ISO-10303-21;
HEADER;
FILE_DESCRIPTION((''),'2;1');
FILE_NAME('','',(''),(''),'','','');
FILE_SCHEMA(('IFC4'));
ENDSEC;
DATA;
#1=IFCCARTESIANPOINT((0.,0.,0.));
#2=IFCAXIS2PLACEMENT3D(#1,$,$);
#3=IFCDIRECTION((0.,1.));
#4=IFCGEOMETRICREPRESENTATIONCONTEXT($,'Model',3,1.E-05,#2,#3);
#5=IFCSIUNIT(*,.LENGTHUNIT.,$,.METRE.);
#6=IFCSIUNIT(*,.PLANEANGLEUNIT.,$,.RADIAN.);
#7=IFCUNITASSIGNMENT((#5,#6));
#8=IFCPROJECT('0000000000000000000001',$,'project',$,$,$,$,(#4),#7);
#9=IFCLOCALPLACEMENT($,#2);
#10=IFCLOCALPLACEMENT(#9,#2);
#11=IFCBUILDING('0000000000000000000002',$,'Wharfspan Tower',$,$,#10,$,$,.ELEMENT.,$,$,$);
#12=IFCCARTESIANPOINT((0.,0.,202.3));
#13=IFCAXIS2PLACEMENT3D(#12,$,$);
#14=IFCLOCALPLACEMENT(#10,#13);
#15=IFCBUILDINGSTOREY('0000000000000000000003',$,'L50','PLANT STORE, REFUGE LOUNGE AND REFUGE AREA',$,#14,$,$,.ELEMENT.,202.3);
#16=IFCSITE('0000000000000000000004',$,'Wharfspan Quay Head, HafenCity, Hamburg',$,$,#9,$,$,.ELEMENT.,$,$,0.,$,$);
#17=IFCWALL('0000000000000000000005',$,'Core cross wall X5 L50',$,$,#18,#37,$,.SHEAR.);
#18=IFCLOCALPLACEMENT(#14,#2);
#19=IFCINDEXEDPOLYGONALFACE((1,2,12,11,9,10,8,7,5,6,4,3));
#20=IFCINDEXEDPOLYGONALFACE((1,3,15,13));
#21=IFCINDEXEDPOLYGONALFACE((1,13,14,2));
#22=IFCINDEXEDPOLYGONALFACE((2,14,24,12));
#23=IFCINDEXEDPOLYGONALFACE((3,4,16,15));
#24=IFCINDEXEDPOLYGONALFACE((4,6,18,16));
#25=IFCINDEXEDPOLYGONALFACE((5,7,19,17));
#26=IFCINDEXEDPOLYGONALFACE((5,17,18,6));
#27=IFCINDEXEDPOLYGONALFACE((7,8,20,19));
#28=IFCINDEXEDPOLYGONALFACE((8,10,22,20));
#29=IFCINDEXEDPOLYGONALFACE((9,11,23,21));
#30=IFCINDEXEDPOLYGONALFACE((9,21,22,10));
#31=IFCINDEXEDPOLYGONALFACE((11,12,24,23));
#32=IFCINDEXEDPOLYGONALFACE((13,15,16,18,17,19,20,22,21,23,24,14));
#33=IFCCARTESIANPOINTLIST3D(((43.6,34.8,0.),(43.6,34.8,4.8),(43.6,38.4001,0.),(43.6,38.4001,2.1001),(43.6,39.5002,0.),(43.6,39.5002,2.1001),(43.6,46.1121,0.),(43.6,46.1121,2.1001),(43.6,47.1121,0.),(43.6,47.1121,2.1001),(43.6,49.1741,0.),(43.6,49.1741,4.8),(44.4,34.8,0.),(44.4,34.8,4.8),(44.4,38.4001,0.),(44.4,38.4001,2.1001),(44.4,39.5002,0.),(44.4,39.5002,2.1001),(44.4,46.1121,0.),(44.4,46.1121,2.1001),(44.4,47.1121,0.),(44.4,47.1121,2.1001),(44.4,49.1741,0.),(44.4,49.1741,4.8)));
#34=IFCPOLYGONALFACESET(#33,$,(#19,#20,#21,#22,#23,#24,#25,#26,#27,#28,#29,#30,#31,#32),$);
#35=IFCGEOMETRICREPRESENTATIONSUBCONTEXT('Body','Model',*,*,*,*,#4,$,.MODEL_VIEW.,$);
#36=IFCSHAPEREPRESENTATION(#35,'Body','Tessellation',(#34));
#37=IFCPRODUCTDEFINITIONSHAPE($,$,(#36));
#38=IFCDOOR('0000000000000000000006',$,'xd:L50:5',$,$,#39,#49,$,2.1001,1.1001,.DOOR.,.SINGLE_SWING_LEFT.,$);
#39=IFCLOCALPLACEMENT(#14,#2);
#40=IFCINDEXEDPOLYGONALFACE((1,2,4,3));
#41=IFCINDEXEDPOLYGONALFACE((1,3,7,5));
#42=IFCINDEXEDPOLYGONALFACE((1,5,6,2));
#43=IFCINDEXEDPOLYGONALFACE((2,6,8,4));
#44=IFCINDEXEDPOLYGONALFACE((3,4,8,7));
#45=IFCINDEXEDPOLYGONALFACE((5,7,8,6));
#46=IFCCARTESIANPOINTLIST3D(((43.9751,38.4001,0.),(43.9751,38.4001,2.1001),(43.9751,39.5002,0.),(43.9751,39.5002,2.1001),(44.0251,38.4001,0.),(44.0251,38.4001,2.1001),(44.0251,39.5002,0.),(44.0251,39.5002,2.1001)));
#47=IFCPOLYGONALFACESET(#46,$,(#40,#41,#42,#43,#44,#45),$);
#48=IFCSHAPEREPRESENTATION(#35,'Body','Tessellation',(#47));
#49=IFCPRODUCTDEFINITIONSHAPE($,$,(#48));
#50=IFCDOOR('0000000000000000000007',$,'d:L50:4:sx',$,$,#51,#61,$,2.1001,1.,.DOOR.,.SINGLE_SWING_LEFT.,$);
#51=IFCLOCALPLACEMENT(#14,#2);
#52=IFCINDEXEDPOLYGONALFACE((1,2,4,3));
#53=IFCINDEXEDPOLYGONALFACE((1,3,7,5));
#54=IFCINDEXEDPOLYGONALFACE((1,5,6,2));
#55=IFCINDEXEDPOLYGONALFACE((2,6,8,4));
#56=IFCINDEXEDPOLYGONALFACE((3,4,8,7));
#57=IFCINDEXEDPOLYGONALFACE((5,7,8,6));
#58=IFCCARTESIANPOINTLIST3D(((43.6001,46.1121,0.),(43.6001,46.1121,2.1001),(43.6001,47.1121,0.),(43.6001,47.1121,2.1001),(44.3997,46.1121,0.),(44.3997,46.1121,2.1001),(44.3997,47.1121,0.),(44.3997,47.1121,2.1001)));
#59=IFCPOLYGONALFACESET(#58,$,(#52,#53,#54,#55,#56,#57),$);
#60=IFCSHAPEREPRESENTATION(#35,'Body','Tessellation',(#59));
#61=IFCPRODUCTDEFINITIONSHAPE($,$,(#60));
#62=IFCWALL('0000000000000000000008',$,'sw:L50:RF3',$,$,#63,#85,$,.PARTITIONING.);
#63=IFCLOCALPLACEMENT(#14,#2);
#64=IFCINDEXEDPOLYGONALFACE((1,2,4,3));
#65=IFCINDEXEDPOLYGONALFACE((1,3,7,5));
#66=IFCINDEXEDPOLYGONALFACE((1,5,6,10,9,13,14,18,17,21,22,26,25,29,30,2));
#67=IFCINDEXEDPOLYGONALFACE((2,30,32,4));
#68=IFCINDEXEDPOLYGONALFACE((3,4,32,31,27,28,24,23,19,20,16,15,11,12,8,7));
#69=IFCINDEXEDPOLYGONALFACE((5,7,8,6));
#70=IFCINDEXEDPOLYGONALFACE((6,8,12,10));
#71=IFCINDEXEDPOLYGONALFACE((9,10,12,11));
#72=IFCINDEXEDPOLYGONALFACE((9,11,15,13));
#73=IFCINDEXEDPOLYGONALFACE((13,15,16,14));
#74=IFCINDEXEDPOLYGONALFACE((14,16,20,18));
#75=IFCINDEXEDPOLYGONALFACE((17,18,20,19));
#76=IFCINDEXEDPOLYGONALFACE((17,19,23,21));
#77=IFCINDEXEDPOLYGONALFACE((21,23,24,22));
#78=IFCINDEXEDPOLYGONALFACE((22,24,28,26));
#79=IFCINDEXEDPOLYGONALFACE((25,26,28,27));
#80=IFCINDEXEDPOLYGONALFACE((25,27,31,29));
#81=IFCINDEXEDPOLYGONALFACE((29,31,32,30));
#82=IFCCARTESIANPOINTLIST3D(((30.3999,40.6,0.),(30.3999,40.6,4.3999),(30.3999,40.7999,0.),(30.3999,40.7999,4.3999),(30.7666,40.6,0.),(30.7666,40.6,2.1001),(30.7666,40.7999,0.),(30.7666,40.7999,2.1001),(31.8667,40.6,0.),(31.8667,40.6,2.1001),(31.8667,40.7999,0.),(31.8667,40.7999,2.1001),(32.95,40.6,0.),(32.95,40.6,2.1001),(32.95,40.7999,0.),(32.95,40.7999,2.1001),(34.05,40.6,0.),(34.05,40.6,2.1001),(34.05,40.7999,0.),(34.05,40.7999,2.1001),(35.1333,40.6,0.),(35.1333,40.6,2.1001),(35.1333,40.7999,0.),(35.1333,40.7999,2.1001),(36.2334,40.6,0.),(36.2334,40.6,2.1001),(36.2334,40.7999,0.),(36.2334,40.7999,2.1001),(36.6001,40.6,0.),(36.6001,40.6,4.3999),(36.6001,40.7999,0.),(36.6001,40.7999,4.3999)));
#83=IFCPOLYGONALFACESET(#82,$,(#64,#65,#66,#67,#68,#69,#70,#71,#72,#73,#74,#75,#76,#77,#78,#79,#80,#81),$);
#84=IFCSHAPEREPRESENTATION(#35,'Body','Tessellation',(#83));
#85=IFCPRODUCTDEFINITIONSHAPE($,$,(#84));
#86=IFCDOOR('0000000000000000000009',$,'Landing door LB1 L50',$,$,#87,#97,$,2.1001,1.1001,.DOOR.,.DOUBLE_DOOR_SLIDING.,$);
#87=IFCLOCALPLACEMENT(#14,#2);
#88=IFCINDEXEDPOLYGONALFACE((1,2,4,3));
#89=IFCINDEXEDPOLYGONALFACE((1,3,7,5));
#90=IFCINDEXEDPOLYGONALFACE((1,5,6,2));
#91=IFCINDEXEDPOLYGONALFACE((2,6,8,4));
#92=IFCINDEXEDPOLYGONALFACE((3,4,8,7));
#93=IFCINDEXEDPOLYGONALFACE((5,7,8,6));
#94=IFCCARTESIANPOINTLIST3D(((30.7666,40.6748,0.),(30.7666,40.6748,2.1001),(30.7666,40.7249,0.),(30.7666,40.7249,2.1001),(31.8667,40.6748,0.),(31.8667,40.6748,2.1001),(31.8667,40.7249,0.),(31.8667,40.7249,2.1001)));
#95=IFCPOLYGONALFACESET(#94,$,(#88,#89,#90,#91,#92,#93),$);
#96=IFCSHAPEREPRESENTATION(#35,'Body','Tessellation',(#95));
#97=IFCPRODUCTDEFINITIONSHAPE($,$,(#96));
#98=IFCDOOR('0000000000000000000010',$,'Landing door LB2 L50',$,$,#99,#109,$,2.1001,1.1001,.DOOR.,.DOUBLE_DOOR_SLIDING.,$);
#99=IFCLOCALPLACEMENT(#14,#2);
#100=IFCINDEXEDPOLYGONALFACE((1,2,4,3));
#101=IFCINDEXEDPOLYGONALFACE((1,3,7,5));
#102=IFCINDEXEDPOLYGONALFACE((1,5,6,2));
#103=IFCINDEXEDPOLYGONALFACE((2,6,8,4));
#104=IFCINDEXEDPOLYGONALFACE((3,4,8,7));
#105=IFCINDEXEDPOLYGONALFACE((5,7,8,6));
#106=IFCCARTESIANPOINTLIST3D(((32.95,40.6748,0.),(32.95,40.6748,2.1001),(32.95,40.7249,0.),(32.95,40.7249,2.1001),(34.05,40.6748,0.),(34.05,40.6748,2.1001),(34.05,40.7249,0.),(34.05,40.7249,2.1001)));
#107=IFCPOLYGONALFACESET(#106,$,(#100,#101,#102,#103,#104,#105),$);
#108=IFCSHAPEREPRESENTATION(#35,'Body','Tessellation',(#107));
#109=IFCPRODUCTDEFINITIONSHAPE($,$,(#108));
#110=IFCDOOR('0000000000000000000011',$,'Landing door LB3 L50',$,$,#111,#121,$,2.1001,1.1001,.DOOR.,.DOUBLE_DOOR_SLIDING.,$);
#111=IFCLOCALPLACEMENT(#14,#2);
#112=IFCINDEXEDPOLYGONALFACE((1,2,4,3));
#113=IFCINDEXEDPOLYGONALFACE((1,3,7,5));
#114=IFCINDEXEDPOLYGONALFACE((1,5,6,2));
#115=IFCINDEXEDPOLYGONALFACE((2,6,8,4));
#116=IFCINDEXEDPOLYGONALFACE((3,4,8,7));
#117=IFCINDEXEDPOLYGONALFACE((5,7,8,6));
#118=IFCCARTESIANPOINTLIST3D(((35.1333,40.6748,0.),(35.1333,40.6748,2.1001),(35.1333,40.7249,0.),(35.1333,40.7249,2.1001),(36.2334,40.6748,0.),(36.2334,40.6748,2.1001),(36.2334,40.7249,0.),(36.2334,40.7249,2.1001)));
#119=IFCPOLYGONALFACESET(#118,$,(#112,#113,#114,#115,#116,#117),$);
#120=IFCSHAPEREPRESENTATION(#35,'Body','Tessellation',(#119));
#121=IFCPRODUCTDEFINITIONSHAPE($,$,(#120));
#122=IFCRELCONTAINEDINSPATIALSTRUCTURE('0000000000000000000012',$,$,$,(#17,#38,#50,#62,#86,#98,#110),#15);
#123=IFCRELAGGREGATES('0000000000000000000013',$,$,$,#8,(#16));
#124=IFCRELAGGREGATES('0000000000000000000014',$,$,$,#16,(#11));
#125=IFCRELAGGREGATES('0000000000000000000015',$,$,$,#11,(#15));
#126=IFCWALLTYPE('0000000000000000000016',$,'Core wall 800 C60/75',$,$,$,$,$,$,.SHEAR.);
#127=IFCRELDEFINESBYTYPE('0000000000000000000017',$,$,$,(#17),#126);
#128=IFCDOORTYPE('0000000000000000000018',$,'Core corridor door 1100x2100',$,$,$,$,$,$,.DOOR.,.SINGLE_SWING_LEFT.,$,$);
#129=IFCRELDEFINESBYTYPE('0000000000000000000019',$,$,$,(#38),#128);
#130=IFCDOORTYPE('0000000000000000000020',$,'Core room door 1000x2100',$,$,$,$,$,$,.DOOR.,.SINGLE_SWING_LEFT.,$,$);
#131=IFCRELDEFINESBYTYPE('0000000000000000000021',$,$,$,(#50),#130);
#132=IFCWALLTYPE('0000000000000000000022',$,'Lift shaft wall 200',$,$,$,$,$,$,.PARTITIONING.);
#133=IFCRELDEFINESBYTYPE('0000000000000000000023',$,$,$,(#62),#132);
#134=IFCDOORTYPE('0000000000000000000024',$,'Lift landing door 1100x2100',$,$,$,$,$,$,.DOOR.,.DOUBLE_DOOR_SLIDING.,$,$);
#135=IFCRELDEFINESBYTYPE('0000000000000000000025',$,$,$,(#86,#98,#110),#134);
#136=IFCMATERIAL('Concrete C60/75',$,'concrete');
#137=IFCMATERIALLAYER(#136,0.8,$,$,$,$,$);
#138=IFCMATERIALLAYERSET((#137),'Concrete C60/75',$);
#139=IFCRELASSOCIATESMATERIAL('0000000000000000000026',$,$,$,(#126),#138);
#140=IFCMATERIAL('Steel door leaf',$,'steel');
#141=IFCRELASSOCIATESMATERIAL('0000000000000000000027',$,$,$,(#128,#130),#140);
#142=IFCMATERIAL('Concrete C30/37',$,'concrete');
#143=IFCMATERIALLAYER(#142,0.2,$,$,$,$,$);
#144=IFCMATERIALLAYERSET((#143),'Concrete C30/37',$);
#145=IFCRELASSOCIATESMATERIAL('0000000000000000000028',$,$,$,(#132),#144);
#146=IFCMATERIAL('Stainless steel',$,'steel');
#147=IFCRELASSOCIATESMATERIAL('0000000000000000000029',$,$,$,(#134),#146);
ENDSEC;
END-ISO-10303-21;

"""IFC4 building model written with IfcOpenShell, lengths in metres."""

from ifc_helpers import new_model, si_unit, direction, frame, frame_2d, origin, place, context, subcontext, project, spatial, rectangle, extrude, material, layer, layer_set, type_object, element, fill, save


model = new_model("IFC4")

# Units and contexts
model_context = context("Model", 3, precision=1e-05, world=origin(), true_north=direction((0.0, 1.0)))
body_context = subcontext(model_context, "Body", "Model", "MODEL_VIEW")
ifc_project = project(units=[si_unit("LENGTHUNIT", "METRE"), si_unit("PLANEANGLEUNIT", "RADIAN")], contexts=[model_context])

# Site, building, storey
site_placement = place(None, origin())
site = spatial("IfcSite", under=ifc_project, at=site_placement, Name="Wharfspan Quay Head, HafenCity, Hamburg", CompositionType="ELEMENT", RefElevation=0.0)
building_placement = place(site_placement, origin())
building = spatial("IfcBuilding", under=site, at=building_placement, Name="Wharfspan Tower", CompositionType="ELEMENT")
storey_placement = place(building_placement, frame((0.0, 0.0, 202.3)))
storey = spatial("IfcBuildingStorey", under=building, at=storey_placement, Name="L50", Description="PLANT STORE, REFUGE LOUNGE AND REFUGE AREA", CompositionType="ELEMENT", Elevation=202.3)

# Shared definitions
ifc_material_1 = material(Name="Concrete C60/75", Category="concrete")
ifc_layer_1 = layer(ifc_material_1, 0.8)
ifc_layer_set_1 = layer_set([ifc_layer_1], Name="Concrete C60/75")
wall_type_1 = type_object("IfcWallType", Name="Core wall 800 C60/75", PredefinedType="SHEAR", material=ifc_layer_set_1)
ifc_material_2 = material(Name="Steel door leaf", Category="steel")
door_type_1 = type_object("IfcDoorType", Name="Core corridor door 1100x2100", OperationType="SINGLE_SWING_LEFT", PredefinedType="DOOR", material=ifc_material_2)

# Walls, openings, doors
door_type_2 = type_object("IfcDoorType", Name="Core room door 1000x2100", OperationType="SINGLE_SWING_LEFT", PredefinedType="DOOR", material=ifc_material_2)
wall_1_placement = place(storey_placement, frame((44.0, 34.8, 0.0), z_axis=(0.0, 0.0, 1.0), x_axis=(0.0, 1.0, 0.0)))
wall_1 = element("IfcWall", 1, at=wall_1_placement, inside=storey, type_object=wall_type_1, Name="Core cross wall X5 L50", PredefinedType="SHEAR", context=body_context, shape_type="SweptSolid", body=[
    extrude(rectangle(XDim=14.374, YDim=0.8, at=frame_2d((7.187, 0.0))), origin(), (0.0, 0.0, 1.0), 4.8),
])
opening_1_placement = place(wall_1_placement, frame((11.312, 0.0, 0.0)))
opening_1 = element("IfcOpeningElement", 2, at=opening_1_placement, cuts=wall_1, PredefinedType="OPENING", context=body_context, shape_type="SweptSolid", body=[
    extrude(rectangle(XDim=1.0, YDim=2.1001, at=frame_2d((0.5, 1.05))), frame((0.0, 0.4099, 0.0), z_axis=(0.0, -1.0, 0.0), x_axis=(1.0, 0.0, 0.0)), (0.0, 0.0, 1.0), 0.8201),
])
opening_2_placement = place(wall_1_placement, frame((3.6001, 0.0, 0.0)))
opening_2 = element("IfcOpeningElement", 3, at=opening_2_placement, cuts=wall_1, PredefinedType="OPENING", context=body_context, shape_type="SweptSolid", body=[
    extrude(rectangle(XDim=1.1001, YDim=2.1001, at=frame_2d((0.55, 1.05))), frame((0.0, 0.4099, 0.0), z_axis=(0.0, -1.0, 0.0), x_axis=(1.0, 0.0, 0.0)), (0.0, 0.0, 1.0), 0.8201),
])
door_1_placement = place(opening_2_placement, origin())
door_1 = element("IfcDoor", 4, at=door_1_placement, inside=storey, type_object=door_type_1, Name="xd:L50:5", OperationType="SINGLE_SWING_LEFT", OverallHeight=2.1001, OverallWidth=1.1001, PredefinedType="DOOR", context=body_context, shape_type="SweptSolid", body=[
    extrude(rectangle(XDim=1.1001, YDim=2.1001, at=frame_2d((0.55, 1.05))), frame((0.0, 0.0249, 0.0), z_axis=(0.0, -1.0, 0.0), x_axis=(1.0, 0.0, 0.0)), (0.0, 0.0, 1.0), 0.05),
])
fill(opening_2, door_1)
door_2_placement = place(opening_1_placement, origin())
door_2 = element("IfcDoor", 5, at=door_2_placement, inside=storey, type_object=door_type_2, Name="d:L50:4:sx", OperationType="SINGLE_SWING_LEFT", OverallHeight=2.1001, OverallWidth=1.0, PredefinedType="DOOR", context=body_context, shape_type="SweptSolid", body=[
    extrude(rectangle(XDim=1.0, YDim=2.1001, at=frame_2d((0.5, 1.05))), frame((0.0, 0.3999, 0.0), z_axis=(0.0, -1.0, 0.0), x_axis=(1.0, 0.0, 0.0)), (0.0, 0.0, 1.0), 0.7996),
])
fill(opening_1, door_2)
ifc_material_3 = material(Name="Concrete C30/37", Category="concrete")
ifc_layer_2 = layer(ifc_material_3, 0.2)
ifc_layer_set_2 = layer_set([ifc_layer_2], Name="Concrete C30/37")
wall_type_2 = type_object("IfcWallType", Name="Lift shaft wall 200", PredefinedType="PARTITIONING", material=ifc_layer_set_2)
wall_2_placement = place(storey_placement, frame((30.3999, 40.7, 0.0), z_axis=(0.0, 0.0, 1.0), x_axis=(1.0, 0.0, 0.0)))
wall_2 = element("IfcWall", 6, at=wall_2_placement, inside=storey, type_object=wall_type_2, Name="sw:L50:RF3", PredefinedType="PARTITIONING", context=body_context, shape_type="SweptSolid", body=[
    extrude(rectangle(XDim=6.2002, YDim=0.2, at=frame_2d((3.1001, 0.0))), origin(), (0.0, 0.0, 1.0), 4.3999),
])
opening_3_placement = place(wall_2_placement, frame((0.3667, 0.0, 0.0)))
opening_3 = element("IfcOpeningElement", 7, at=opening_3_placement, cuts=wall_2, PredefinedType="OPENING", context=body_context, shape_type="SweptSolid", body=[
    extrude(rectangle(XDim=1.1001, YDim=2.1001, at=frame_2d((0.55, 1.05))), frame((0.0, 0.1099, 0.0), z_axis=(0.0, -1.0, 0.0), x_axis=(1.0, 0.0, 0.0)), (0.0, 0.0, 1.0), 0.22),
])
opening_4_placement = place(wall_2_placement, frame((2.55, 0.0, 0.0)))
opening_4 = element("IfcOpeningElement", 8, at=opening_4_placement, cuts=wall_2, PredefinedType="OPENING", context=body_context, shape_type="SweptSolid", body=[
    extrude(rectangle(XDim=1.1001, YDim=2.1001, at=frame_2d((0.55, 1.05))), frame((0.0, 0.1099, 0.0), z_axis=(0.0, -1.0, 0.0), x_axis=(1.0, 0.0, 0.0)), (0.0, 0.0, 1.0), 0.22),
])
opening_5_placement = place(wall_2_placement, frame((4.7334, 0.0, 0.0)))
opening_5 = element("IfcOpeningElement", 9, at=opening_5_placement, cuts=wall_2, PredefinedType="OPENING", context=body_context, shape_type="SweptSolid", body=[
    extrude(rectangle(XDim=1.1001, YDim=2.1001, at=frame_2d((0.55, 1.05))), frame((0.0, 0.1099, 0.0), z_axis=(0.0, -1.0, 0.0), x_axis=(1.0, 0.0, 0.0)), (0.0, 0.0, 1.0), 0.22),
])
ifc_material_4 = material(Name="Stainless steel", Category="steel")
door_type_3 = type_object("IfcDoorType", Name="Lift landing door 1100x2100", OperationType="DOUBLE_DOOR_SLIDING", PredefinedType="DOOR", material=ifc_material_4)
door_3_placement = place(opening_3_placement, origin())
door_3 = element("IfcDoor", 10, at=door_3_placement, inside=storey, type_object=door_type_3, Name="Landing door LB1 L50", OperationType="DOUBLE_DOOR_SLIDING", OverallHeight=2.1001, OverallWidth=1.1001, PredefinedType="DOOR", context=body_context, shape_type="SweptSolid", body=[
    extrude(rectangle(XDim=1.1001, YDim=2.1001, at=frame_2d((0.55, 1.05))), frame((0.0, 0.0249, 0.0), z_axis=(0.0, -1.0, 0.0), x_axis=(1.0, 0.0, 0.0)), (0.0, 0.0, 1.0), 0.05),
])
fill(opening_3, door_3)
door_4_placement = place(opening_4_placement, origin())
door_4 = element("IfcDoor", 11, at=door_4_placement, inside=storey, type_object=door_type_3, Name="Landing door LB2 L50", OperationType="DOUBLE_DOOR_SLIDING", OverallHeight=2.1001, OverallWidth=1.1001, PredefinedType="DOOR", context=body_context, shape_type="SweptSolid", body=[
    extrude(rectangle(XDim=1.1001, YDim=2.1001, at=frame_2d((0.55, 1.05))), frame((0.0, 0.0249, 0.0), z_axis=(0.0, -1.0, 0.0), x_axis=(1.0, 0.0, 0.0)), (0.0, 0.0, 1.0), 0.05),
])
fill(opening_4, door_4)
door_5_placement = place(opening_5_placement, origin())
door_5 = element("IfcDoor", 12, at=door_5_placement, inside=storey, type_object=door_type_3, Name="Landing door LB3 L50", OperationType="DOUBLE_DOOR_SLIDING", OverallHeight=2.1001, OverallWidth=1.1001, PredefinedType="DOOR", context=body_context, shape_type="SweptSolid", body=[
    extrude(rectangle(XDim=1.1001, YDim=2.1001, at=frame_2d((0.55, 1.05))), frame((0.0, 0.0249, 0.0), z_axis=(0.0, -1.0, 0.0), x_axis=(1.0, 0.0, 0.0)), (0.0, 0.0, 1.0), 0.05),
])
fill(opening_5, door_5)

save(model, "model.ifc")
